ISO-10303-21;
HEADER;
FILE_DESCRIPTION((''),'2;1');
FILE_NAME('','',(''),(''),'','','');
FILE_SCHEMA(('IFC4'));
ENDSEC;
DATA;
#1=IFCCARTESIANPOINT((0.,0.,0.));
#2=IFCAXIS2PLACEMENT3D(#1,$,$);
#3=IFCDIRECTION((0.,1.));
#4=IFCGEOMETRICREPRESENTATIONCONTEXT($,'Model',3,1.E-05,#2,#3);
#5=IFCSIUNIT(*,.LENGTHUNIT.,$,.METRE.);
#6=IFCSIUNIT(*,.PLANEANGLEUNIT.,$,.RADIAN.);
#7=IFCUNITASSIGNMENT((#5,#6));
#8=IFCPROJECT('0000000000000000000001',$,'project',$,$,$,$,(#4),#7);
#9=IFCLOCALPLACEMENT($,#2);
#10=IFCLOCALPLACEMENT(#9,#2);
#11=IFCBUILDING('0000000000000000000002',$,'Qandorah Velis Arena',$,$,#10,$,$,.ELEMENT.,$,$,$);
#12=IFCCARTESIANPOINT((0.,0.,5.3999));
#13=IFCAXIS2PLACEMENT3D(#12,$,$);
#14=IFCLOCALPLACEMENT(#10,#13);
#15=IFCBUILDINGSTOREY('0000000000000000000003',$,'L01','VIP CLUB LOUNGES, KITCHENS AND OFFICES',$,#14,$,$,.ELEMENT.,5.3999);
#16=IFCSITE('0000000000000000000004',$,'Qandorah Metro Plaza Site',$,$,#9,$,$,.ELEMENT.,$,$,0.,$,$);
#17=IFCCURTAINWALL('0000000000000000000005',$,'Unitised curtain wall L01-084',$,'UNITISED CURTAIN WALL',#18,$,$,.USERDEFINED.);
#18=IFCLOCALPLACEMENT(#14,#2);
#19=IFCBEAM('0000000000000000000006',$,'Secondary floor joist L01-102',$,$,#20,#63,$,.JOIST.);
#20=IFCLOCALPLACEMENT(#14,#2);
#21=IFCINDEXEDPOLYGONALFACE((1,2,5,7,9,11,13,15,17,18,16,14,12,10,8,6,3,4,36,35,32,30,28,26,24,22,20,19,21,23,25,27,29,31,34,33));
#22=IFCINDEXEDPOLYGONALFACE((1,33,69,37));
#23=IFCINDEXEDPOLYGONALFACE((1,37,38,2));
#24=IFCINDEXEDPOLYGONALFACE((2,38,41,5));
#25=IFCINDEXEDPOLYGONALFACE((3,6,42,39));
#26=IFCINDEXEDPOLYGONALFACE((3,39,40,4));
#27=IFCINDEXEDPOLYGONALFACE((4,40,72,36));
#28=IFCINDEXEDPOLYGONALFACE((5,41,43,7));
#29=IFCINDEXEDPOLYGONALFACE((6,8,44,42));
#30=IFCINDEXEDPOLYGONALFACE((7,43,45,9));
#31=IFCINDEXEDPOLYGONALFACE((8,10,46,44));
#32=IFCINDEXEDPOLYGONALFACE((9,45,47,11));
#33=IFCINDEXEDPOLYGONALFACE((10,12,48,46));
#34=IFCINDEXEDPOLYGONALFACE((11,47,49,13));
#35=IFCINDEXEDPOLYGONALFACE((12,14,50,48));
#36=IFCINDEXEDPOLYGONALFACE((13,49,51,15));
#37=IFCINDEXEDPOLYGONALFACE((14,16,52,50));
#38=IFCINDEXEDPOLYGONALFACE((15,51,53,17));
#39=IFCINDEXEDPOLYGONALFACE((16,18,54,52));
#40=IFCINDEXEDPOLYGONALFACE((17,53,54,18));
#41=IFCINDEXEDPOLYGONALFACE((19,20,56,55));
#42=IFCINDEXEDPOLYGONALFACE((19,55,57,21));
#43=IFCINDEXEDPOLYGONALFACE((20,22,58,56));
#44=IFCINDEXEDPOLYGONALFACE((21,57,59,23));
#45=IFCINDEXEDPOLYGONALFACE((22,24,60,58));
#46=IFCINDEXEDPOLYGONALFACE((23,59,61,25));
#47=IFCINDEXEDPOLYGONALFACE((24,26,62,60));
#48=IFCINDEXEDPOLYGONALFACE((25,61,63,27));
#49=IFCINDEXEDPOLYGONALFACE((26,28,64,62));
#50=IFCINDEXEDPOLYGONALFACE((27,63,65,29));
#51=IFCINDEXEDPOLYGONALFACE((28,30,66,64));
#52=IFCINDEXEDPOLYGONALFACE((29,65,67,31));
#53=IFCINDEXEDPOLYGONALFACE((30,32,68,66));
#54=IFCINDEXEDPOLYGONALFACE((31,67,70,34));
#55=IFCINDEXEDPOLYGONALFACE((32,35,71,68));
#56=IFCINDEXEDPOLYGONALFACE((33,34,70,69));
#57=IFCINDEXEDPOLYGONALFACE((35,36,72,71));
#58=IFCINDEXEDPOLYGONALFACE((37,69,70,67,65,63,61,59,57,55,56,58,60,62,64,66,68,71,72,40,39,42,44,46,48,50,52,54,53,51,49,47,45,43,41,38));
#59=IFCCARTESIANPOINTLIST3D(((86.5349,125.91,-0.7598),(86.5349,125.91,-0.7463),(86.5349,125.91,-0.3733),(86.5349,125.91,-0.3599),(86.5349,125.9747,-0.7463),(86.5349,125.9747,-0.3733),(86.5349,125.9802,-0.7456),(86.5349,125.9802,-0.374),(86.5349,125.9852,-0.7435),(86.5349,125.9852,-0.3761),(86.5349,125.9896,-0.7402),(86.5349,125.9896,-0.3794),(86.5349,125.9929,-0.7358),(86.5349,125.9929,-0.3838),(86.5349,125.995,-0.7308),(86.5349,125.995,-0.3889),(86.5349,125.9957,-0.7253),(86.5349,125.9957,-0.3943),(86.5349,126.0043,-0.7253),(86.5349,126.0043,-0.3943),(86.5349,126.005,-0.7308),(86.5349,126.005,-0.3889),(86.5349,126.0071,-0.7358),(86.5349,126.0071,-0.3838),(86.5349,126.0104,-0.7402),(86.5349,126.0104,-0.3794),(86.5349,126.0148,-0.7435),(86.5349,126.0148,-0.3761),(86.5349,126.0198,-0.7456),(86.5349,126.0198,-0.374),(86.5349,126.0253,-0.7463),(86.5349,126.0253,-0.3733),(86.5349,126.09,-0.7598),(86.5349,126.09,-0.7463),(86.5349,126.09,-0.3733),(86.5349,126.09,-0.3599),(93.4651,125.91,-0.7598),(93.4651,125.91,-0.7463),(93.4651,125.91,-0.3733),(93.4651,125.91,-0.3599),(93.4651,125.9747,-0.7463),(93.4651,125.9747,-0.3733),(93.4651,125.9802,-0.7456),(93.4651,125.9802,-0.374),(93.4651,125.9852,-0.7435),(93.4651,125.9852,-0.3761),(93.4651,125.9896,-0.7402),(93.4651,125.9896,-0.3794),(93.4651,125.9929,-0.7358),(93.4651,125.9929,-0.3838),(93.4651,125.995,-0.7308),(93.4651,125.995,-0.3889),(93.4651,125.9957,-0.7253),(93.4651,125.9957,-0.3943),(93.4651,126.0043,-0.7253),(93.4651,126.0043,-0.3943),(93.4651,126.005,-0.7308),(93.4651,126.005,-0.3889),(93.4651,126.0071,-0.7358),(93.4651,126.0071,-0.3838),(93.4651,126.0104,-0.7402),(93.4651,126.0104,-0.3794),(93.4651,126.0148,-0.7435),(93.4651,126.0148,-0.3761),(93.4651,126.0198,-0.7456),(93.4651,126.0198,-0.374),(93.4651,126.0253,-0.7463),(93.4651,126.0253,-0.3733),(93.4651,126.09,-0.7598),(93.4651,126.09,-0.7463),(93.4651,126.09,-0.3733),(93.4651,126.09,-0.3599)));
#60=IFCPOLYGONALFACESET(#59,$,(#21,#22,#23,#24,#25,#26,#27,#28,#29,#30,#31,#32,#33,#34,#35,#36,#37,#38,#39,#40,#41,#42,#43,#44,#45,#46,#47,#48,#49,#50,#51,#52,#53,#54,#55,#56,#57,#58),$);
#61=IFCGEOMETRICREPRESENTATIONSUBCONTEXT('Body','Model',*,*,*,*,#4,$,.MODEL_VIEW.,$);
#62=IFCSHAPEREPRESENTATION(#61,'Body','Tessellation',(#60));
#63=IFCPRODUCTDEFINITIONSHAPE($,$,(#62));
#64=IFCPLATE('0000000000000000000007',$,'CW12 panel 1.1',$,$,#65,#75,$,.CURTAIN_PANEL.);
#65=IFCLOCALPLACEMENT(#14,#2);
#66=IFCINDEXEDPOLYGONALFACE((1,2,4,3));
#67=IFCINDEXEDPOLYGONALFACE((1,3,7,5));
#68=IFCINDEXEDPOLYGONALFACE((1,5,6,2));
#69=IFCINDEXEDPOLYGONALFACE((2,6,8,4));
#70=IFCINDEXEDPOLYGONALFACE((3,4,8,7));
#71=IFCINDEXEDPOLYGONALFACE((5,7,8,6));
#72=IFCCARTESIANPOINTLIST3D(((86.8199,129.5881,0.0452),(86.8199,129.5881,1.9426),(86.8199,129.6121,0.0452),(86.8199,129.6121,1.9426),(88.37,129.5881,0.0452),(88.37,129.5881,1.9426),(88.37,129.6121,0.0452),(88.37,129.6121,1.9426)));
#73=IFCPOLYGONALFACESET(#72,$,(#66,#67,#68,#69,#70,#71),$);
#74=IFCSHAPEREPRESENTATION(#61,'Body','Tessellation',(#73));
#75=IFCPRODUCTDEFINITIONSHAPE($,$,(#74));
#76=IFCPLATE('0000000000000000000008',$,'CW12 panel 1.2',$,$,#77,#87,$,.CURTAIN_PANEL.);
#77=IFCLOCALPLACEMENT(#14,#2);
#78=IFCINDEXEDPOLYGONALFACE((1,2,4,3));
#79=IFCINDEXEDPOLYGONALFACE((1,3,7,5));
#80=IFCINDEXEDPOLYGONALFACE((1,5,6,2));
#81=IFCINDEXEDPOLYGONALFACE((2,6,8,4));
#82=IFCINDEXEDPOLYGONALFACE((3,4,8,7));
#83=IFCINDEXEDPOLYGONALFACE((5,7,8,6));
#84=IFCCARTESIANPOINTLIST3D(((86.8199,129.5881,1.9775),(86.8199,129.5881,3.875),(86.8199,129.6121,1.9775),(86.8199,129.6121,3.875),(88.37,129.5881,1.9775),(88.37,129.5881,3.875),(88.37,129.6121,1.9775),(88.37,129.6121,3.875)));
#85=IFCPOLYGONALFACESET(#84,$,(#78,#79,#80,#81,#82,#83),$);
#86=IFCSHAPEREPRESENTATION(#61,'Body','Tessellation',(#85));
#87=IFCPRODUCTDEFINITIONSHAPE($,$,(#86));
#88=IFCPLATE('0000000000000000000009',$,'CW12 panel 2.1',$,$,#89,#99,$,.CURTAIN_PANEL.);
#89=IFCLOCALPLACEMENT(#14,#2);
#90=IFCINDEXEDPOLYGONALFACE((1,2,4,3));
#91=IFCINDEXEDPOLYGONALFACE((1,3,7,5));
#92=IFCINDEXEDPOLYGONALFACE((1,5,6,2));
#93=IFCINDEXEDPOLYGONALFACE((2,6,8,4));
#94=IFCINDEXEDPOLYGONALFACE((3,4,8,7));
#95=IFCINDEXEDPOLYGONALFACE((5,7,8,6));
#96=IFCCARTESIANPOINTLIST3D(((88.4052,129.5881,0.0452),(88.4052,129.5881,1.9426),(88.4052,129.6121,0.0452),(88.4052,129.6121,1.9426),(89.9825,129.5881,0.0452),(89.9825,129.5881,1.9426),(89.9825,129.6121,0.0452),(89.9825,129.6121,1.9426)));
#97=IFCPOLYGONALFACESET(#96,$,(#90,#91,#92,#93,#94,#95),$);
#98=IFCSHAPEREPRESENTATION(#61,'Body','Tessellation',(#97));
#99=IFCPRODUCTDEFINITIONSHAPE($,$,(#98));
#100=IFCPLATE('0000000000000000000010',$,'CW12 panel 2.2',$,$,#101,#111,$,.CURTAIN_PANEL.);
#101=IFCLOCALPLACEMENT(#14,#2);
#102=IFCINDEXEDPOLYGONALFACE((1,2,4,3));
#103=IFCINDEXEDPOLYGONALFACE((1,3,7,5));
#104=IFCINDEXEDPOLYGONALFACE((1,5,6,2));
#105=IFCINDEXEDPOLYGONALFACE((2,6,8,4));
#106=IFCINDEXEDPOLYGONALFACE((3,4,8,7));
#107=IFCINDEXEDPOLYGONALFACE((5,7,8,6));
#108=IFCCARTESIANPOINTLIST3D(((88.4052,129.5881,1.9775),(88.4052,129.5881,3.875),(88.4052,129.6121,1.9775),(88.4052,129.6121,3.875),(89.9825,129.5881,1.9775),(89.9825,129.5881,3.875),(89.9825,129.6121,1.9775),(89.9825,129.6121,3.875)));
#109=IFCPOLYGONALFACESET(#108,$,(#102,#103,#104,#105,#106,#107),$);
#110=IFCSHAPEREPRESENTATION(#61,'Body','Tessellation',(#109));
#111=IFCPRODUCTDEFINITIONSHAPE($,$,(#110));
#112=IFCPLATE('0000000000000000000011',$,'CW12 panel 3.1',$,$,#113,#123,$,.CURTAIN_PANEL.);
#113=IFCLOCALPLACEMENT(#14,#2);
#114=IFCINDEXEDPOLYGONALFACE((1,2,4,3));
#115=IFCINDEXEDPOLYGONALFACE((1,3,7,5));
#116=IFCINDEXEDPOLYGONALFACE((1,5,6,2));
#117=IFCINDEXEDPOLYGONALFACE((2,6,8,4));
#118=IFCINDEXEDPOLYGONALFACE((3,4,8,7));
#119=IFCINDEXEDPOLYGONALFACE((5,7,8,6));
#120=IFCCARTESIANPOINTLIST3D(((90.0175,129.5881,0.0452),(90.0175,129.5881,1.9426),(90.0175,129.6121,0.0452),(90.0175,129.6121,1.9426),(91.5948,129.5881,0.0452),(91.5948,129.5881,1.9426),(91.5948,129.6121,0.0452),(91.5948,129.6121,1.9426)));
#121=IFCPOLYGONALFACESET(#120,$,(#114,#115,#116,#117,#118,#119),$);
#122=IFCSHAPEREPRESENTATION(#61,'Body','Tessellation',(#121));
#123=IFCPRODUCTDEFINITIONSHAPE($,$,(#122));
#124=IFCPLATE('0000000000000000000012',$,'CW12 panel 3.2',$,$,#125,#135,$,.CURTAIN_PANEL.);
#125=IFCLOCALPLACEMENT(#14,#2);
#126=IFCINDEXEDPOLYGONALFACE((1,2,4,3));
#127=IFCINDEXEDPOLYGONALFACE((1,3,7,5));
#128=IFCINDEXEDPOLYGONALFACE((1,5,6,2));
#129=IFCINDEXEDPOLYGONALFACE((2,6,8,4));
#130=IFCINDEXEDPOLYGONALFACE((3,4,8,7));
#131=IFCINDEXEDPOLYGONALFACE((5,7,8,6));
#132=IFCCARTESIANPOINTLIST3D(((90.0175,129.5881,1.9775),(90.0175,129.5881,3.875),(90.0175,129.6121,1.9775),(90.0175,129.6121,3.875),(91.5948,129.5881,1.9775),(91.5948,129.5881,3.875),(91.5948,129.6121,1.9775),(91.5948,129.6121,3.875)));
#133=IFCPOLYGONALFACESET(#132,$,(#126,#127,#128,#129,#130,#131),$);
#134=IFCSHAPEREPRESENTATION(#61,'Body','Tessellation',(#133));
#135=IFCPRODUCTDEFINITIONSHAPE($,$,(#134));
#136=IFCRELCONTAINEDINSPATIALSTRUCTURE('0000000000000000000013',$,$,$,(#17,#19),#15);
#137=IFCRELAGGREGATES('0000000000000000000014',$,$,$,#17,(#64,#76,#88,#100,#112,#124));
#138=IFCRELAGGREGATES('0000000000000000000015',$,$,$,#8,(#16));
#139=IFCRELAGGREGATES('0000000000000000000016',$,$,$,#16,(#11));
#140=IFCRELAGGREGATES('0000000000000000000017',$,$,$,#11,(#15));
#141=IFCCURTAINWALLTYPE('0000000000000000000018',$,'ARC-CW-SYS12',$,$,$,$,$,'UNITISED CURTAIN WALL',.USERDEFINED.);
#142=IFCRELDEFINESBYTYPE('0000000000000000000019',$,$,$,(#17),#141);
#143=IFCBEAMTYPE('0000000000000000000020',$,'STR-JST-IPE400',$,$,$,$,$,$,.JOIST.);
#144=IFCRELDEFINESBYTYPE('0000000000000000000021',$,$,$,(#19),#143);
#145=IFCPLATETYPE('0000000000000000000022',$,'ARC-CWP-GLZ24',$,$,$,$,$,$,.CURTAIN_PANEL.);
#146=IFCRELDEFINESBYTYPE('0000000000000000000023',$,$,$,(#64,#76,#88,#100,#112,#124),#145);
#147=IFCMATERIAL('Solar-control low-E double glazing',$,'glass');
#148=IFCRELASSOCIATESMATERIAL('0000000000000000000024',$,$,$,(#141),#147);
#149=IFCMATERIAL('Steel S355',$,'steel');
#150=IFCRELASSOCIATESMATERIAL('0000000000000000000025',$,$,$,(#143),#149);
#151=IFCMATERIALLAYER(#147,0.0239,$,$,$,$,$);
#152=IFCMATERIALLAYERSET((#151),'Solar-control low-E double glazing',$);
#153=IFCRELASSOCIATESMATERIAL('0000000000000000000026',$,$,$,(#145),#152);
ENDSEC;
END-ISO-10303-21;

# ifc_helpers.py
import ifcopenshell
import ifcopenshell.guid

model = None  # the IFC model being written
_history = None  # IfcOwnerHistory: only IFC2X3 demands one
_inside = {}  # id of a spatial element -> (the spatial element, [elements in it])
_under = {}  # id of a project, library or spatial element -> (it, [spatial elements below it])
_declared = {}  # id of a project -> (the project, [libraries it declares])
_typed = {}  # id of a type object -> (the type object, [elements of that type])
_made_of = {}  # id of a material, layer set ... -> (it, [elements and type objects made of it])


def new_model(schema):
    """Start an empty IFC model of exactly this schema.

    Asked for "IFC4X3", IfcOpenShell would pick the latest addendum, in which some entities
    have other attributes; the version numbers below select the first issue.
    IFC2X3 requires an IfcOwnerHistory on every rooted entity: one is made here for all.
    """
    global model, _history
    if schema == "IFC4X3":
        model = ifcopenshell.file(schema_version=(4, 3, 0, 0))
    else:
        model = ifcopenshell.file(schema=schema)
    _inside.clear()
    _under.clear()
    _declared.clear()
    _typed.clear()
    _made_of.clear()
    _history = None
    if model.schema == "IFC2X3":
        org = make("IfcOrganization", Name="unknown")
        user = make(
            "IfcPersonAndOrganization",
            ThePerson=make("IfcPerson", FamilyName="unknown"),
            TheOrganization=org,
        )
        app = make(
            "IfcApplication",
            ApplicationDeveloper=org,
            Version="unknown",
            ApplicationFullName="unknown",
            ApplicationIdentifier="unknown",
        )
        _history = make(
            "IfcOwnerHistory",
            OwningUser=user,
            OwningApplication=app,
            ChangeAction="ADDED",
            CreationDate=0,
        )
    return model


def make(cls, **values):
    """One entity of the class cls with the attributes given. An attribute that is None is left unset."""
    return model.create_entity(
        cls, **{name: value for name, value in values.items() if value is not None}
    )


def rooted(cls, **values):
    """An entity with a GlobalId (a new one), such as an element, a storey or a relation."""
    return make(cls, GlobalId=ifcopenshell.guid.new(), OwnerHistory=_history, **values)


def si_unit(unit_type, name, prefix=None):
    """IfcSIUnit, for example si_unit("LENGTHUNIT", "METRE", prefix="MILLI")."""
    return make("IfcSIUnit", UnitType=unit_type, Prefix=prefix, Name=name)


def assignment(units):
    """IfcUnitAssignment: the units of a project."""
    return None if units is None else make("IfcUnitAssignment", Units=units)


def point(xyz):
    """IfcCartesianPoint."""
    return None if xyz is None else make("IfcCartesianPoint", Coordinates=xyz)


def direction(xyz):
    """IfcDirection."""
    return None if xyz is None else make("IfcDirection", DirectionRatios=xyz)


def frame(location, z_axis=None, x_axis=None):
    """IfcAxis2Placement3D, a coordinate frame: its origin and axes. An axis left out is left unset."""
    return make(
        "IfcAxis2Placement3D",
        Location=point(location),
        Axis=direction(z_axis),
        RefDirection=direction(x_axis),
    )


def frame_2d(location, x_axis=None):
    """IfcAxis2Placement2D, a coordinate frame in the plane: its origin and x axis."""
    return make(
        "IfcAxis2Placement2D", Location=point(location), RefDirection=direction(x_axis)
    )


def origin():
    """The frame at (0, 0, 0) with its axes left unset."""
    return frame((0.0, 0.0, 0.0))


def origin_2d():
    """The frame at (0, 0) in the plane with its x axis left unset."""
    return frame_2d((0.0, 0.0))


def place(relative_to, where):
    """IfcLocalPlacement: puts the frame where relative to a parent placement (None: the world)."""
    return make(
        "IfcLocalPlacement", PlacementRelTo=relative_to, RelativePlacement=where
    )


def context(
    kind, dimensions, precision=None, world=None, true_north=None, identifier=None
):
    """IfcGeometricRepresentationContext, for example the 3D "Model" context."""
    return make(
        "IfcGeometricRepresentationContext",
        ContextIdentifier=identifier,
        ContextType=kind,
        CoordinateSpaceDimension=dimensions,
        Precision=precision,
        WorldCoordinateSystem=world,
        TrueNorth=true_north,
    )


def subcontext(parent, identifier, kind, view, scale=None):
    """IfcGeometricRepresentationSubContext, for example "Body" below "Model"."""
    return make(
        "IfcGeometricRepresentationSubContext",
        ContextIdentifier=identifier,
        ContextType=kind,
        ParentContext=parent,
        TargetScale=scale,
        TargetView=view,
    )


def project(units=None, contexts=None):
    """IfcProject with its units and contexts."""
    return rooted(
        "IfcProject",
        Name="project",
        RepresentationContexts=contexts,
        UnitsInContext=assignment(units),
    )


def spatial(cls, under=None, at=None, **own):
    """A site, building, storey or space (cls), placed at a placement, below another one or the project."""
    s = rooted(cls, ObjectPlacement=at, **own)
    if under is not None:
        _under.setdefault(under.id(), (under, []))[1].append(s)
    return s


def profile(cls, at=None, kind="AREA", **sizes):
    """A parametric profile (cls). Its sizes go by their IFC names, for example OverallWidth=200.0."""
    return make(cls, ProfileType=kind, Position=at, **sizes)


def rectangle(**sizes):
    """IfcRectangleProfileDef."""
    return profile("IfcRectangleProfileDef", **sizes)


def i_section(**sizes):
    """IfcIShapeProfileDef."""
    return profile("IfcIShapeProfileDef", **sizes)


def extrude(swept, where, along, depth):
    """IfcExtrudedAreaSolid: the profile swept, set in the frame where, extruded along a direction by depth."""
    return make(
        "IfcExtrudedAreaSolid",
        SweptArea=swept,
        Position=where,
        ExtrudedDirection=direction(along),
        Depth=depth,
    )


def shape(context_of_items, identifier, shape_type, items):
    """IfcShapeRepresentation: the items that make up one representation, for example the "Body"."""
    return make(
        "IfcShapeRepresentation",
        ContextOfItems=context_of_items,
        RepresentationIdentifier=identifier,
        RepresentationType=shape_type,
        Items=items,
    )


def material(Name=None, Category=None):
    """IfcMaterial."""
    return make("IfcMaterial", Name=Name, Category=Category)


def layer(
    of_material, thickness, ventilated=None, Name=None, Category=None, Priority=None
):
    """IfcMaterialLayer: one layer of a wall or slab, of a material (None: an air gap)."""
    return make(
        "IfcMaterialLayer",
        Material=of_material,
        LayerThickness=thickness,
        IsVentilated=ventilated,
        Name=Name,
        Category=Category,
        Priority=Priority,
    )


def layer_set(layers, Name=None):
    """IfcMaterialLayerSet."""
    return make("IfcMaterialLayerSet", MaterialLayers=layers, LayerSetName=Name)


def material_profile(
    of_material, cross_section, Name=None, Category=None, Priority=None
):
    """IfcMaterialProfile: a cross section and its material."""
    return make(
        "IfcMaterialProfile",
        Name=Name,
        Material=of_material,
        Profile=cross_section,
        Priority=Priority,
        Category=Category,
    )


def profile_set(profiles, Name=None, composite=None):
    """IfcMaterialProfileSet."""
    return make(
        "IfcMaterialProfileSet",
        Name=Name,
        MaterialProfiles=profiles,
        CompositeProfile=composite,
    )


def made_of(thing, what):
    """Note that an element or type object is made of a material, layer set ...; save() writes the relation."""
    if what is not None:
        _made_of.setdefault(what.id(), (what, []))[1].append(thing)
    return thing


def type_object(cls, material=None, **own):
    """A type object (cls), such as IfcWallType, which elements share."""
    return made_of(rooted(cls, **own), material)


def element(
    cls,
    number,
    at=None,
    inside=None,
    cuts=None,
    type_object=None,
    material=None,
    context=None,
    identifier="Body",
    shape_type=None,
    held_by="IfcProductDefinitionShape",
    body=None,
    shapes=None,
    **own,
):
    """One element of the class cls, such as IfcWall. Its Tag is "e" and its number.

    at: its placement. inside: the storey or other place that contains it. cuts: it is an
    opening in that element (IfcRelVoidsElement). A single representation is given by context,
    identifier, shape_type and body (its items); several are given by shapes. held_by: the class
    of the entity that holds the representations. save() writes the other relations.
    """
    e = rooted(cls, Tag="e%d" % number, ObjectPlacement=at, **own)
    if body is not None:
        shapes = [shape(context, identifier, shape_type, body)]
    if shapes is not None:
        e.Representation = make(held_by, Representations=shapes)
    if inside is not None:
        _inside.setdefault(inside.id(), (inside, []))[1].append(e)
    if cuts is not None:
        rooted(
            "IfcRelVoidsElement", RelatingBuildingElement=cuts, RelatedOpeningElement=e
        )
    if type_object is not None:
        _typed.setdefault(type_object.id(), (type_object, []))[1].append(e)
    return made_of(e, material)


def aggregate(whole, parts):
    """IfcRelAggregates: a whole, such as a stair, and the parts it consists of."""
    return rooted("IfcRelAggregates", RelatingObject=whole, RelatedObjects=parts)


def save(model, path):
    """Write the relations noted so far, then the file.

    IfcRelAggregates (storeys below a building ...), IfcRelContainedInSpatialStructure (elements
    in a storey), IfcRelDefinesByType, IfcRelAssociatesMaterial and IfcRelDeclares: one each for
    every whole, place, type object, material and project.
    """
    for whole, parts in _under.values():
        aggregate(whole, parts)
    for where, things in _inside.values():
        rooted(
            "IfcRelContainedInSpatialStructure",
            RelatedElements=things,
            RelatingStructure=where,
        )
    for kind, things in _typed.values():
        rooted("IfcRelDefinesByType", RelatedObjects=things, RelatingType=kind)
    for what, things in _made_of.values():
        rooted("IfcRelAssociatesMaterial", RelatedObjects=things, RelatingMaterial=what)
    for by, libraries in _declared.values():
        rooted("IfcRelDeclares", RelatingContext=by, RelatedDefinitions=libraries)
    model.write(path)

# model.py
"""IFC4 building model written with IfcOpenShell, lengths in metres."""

from ifc_helpers import new_model, si_unit, direction, frame, origin, origin_2d, place, context, subcontext, project, spatial, rectangle, i_section, extrude, material, layer, layer_set, material_profile, profile_set, type_object, element, aggregate, save


model = new_model("IFC4")

# Units and contexts
model_context = context("Model", 3, precision=1e-05, world=origin(), true_north=direction((0.0, 1.0)))
body_context = subcontext(model_context, "Body", "Model", "MODEL_VIEW")
ifc_project = project(units=[si_unit("LENGTHUNIT", "METRE"), si_unit("PLANEANGLEUNIT", "RADIAN")], contexts=[model_context])

# Site, building, storey
site_placement = place(None, origin())
site = spatial("IfcSite", under=ifc_project, at=site_placement, Name="Qandorah Metro Plaza Site", CompositionType="ELEMENT", RefElevation=0.0)
building_placement = place(site_placement, origin())
building = spatial("IfcBuilding", under=site, at=building_placement, Name="Qandorah Velis Arena", CompositionType="ELEMENT")
storey_placement = place(building_placement, frame((0.0, 0.0, 5.3999)))
storey = spatial("IfcBuildingStorey", under=building, at=storey_placement, Name="L01", Description="VIP CLUB LOUNGES, KITCHENS AND OFFICES", CompositionType="ELEMENT", Elevation=5.3999)

# Curtain wall
ifc_material_1 = material(Name="Solar-control low-E double glazing", Category="glass")
curtain_wall_type = type_object("IfcCurtainWallType", Name="ARC-CW-SYS12", ElementType="UNITISED CURTAIN WALL", PredefinedType="USERDEFINED", material=ifc_material_1)
curtain_wall_placement = place(storey_placement, origin())
curtain_wall = element("IfcCurtainWall", 1, at=curtain_wall_placement, inside=storey, type_object=curtain_wall_type, Name="Unitised curtain wall L01-084", ObjectType="UNITISED CURTAIN WALL", PredefinedType="USERDEFINED")

# Beam
ifc_material_2 = material(Name="Steel S355", Category="steel")
ifc_material_profile_1 = material_profile(ifc_material_2, i_section(OverallWidth=0.1799, OverallDepth=0.3999, WebThickness=0.0085, FlangeThickness=0.0134, FilletRadius=0.021, at=origin_2d()), Name="IPE 400")
ifc_profile_set_1 = profile_set([ifc_material_profile_1], Name="Steel S355")
beam_type_1 = type_object("IfcBeamType", Name="STR-JST-IPE400", PredefinedType="JOIST", material=ifc_profile_set_1)
beam_1_placement = place(storey_placement, frame((86.5349, 126.0, -0.5598), z_axis=(1.0, 0.0, 0.0), x_axis=(0.0, 1.0, 0.0)))
element("IfcBeam", 2, at=beam_1_placement, inside=storey, type_object=beam_type_1, Name="Secondary floor joist L01-102", PredefinedType="JOIST", context=body_context, shape_type="SweptSolid", body=[
    extrude(i_section(OverallWidth=0.1799, OverallDepth=0.3999, WebThickness=0.0085, FlangeThickness=0.0134, FilletRadius=0.021, at=origin_2d()), origin(), (0.0, 0.0, 1.0), 6.9302),
])

# Plates
ifc_layer = layer(ifc_material_1, 0.0239)
ifc_layer_set = layer_set([ifc_layer], Name="Solar-control low-E double glazing")
plate_type = type_object("IfcPlateType", Name="ARC-CWP-GLZ24", PredefinedType="CURTAIN_PANEL", material=ifc_layer_set)
plate_1_placement = place(storey_placement, frame((87.595, 129.6001, 0.0452), z_axis=(0.0, 0.0, 1.0), x_axis=(1.0, 0.0, 0.0)))
plate_1 = element("IfcPlate", 3, at=plate_1_placement, type_object=plate_type, Name="CW12 panel 1.1", PredefinedType="CURTAIN_PANEL", context=body_context, shape_type="SweptSolid", body=[
    extrude(rectangle(XDim=1.55, YDim=0.0239, at=origin_2d()), origin(), (0.0, 0.0, 1.0), 1.8975),
])
plate_2_placement = place(storey_placement, frame((87.595, 129.6001, 1.9775), z_axis=(0.0, 0.0, 1.0), x_axis=(1.0, 0.0, 0.0)))
plate_2 = element("IfcPlate", 4, at=plate_2_placement, type_object=plate_type, Name="CW12 panel 1.2", PredefinedType="CURTAIN_PANEL", context=body_context, shape_type="SweptSolid", body=[
    extrude(rectangle(XDim=1.55, YDim=0.0239, at=origin_2d()), origin(), (0.0, 0.0, 1.0), 1.8975),
])
plate_3_placement = place(storey_placement, frame((89.1938, 129.6001, 0.0452), z_axis=(0.0, 0.0, 1.0), x_axis=(1.0, 0.0, 0.0)))
plate_3 = element("IfcPlate", 5, at=plate_3_placement, type_object=plate_type, Name="CW12 panel 2.1", PredefinedType="CURTAIN_PANEL", context=body_context, shape_type="SweptSolid", body=[
    extrude(rectangle(XDim=1.5774, YDim=0.0239, at=origin_2d()), origin(), (0.0, 0.0, 1.0), 1.8975),
])
plate_4_placement = place(storey_placement, frame((89.1938, 129.6001, 1.9775), z_axis=(0.0, 0.0, 1.0), x_axis=(1.0, 0.0, 0.0)))
plate_4 = element("IfcPlate", 6, at=plate_4_placement, type_object=plate_type, Name="CW12 panel 2.2", PredefinedType="CURTAIN_PANEL", context=body_context, shape_type="SweptSolid", body=[
    extrude(rectangle(XDim=1.5774, YDim=0.0239, at=origin_2d()), origin(), (0.0, 0.0, 1.0), 1.8975),
])
plate_5_placement = place(storey_placement, frame((90.8062, 129.6001, 0.0452), z_axis=(0.0, 0.0, 1.0), x_axis=(1.0, 0.0, 0.0)))
plate_5 = element("IfcPlate", 7, at=plate_5_placement, type_object=plate_type, Name="CW12 panel 3.1", PredefinedType="CURTAIN_PANEL", context=body_context, shape_type="SweptSolid", body=[
    extrude(rectangle(XDim=1.5774, YDim=0.0239, at=origin_2d()), origin(), (0.0, 0.0, 1.0), 1.8975),
])
plate_6_placement = place(storey_placement, frame((90.8062, 129.6001, 1.9775), z_axis=(0.0, 0.0, 1.0), x_axis=(1.0, 0.0, 0.0)))
plate_6 = element("IfcPlate", 8, at=plate_6_placement, type_object=plate_type, Name="CW12 panel 3.2", PredefinedType="CURTAIN_PANEL", context=body_context, shape_type="SweptSolid", body=[
    extrude(rectangle(XDim=1.5774, YDim=0.0239, at=origin_2d()), origin(), (0.0, 0.0, 1.0), 1.8975),
])
aggregate(curtain_wall, [plate_1, plate_2, plate_3, plate_4, plate_5, plate_6])

save(model, "model.ifc")
